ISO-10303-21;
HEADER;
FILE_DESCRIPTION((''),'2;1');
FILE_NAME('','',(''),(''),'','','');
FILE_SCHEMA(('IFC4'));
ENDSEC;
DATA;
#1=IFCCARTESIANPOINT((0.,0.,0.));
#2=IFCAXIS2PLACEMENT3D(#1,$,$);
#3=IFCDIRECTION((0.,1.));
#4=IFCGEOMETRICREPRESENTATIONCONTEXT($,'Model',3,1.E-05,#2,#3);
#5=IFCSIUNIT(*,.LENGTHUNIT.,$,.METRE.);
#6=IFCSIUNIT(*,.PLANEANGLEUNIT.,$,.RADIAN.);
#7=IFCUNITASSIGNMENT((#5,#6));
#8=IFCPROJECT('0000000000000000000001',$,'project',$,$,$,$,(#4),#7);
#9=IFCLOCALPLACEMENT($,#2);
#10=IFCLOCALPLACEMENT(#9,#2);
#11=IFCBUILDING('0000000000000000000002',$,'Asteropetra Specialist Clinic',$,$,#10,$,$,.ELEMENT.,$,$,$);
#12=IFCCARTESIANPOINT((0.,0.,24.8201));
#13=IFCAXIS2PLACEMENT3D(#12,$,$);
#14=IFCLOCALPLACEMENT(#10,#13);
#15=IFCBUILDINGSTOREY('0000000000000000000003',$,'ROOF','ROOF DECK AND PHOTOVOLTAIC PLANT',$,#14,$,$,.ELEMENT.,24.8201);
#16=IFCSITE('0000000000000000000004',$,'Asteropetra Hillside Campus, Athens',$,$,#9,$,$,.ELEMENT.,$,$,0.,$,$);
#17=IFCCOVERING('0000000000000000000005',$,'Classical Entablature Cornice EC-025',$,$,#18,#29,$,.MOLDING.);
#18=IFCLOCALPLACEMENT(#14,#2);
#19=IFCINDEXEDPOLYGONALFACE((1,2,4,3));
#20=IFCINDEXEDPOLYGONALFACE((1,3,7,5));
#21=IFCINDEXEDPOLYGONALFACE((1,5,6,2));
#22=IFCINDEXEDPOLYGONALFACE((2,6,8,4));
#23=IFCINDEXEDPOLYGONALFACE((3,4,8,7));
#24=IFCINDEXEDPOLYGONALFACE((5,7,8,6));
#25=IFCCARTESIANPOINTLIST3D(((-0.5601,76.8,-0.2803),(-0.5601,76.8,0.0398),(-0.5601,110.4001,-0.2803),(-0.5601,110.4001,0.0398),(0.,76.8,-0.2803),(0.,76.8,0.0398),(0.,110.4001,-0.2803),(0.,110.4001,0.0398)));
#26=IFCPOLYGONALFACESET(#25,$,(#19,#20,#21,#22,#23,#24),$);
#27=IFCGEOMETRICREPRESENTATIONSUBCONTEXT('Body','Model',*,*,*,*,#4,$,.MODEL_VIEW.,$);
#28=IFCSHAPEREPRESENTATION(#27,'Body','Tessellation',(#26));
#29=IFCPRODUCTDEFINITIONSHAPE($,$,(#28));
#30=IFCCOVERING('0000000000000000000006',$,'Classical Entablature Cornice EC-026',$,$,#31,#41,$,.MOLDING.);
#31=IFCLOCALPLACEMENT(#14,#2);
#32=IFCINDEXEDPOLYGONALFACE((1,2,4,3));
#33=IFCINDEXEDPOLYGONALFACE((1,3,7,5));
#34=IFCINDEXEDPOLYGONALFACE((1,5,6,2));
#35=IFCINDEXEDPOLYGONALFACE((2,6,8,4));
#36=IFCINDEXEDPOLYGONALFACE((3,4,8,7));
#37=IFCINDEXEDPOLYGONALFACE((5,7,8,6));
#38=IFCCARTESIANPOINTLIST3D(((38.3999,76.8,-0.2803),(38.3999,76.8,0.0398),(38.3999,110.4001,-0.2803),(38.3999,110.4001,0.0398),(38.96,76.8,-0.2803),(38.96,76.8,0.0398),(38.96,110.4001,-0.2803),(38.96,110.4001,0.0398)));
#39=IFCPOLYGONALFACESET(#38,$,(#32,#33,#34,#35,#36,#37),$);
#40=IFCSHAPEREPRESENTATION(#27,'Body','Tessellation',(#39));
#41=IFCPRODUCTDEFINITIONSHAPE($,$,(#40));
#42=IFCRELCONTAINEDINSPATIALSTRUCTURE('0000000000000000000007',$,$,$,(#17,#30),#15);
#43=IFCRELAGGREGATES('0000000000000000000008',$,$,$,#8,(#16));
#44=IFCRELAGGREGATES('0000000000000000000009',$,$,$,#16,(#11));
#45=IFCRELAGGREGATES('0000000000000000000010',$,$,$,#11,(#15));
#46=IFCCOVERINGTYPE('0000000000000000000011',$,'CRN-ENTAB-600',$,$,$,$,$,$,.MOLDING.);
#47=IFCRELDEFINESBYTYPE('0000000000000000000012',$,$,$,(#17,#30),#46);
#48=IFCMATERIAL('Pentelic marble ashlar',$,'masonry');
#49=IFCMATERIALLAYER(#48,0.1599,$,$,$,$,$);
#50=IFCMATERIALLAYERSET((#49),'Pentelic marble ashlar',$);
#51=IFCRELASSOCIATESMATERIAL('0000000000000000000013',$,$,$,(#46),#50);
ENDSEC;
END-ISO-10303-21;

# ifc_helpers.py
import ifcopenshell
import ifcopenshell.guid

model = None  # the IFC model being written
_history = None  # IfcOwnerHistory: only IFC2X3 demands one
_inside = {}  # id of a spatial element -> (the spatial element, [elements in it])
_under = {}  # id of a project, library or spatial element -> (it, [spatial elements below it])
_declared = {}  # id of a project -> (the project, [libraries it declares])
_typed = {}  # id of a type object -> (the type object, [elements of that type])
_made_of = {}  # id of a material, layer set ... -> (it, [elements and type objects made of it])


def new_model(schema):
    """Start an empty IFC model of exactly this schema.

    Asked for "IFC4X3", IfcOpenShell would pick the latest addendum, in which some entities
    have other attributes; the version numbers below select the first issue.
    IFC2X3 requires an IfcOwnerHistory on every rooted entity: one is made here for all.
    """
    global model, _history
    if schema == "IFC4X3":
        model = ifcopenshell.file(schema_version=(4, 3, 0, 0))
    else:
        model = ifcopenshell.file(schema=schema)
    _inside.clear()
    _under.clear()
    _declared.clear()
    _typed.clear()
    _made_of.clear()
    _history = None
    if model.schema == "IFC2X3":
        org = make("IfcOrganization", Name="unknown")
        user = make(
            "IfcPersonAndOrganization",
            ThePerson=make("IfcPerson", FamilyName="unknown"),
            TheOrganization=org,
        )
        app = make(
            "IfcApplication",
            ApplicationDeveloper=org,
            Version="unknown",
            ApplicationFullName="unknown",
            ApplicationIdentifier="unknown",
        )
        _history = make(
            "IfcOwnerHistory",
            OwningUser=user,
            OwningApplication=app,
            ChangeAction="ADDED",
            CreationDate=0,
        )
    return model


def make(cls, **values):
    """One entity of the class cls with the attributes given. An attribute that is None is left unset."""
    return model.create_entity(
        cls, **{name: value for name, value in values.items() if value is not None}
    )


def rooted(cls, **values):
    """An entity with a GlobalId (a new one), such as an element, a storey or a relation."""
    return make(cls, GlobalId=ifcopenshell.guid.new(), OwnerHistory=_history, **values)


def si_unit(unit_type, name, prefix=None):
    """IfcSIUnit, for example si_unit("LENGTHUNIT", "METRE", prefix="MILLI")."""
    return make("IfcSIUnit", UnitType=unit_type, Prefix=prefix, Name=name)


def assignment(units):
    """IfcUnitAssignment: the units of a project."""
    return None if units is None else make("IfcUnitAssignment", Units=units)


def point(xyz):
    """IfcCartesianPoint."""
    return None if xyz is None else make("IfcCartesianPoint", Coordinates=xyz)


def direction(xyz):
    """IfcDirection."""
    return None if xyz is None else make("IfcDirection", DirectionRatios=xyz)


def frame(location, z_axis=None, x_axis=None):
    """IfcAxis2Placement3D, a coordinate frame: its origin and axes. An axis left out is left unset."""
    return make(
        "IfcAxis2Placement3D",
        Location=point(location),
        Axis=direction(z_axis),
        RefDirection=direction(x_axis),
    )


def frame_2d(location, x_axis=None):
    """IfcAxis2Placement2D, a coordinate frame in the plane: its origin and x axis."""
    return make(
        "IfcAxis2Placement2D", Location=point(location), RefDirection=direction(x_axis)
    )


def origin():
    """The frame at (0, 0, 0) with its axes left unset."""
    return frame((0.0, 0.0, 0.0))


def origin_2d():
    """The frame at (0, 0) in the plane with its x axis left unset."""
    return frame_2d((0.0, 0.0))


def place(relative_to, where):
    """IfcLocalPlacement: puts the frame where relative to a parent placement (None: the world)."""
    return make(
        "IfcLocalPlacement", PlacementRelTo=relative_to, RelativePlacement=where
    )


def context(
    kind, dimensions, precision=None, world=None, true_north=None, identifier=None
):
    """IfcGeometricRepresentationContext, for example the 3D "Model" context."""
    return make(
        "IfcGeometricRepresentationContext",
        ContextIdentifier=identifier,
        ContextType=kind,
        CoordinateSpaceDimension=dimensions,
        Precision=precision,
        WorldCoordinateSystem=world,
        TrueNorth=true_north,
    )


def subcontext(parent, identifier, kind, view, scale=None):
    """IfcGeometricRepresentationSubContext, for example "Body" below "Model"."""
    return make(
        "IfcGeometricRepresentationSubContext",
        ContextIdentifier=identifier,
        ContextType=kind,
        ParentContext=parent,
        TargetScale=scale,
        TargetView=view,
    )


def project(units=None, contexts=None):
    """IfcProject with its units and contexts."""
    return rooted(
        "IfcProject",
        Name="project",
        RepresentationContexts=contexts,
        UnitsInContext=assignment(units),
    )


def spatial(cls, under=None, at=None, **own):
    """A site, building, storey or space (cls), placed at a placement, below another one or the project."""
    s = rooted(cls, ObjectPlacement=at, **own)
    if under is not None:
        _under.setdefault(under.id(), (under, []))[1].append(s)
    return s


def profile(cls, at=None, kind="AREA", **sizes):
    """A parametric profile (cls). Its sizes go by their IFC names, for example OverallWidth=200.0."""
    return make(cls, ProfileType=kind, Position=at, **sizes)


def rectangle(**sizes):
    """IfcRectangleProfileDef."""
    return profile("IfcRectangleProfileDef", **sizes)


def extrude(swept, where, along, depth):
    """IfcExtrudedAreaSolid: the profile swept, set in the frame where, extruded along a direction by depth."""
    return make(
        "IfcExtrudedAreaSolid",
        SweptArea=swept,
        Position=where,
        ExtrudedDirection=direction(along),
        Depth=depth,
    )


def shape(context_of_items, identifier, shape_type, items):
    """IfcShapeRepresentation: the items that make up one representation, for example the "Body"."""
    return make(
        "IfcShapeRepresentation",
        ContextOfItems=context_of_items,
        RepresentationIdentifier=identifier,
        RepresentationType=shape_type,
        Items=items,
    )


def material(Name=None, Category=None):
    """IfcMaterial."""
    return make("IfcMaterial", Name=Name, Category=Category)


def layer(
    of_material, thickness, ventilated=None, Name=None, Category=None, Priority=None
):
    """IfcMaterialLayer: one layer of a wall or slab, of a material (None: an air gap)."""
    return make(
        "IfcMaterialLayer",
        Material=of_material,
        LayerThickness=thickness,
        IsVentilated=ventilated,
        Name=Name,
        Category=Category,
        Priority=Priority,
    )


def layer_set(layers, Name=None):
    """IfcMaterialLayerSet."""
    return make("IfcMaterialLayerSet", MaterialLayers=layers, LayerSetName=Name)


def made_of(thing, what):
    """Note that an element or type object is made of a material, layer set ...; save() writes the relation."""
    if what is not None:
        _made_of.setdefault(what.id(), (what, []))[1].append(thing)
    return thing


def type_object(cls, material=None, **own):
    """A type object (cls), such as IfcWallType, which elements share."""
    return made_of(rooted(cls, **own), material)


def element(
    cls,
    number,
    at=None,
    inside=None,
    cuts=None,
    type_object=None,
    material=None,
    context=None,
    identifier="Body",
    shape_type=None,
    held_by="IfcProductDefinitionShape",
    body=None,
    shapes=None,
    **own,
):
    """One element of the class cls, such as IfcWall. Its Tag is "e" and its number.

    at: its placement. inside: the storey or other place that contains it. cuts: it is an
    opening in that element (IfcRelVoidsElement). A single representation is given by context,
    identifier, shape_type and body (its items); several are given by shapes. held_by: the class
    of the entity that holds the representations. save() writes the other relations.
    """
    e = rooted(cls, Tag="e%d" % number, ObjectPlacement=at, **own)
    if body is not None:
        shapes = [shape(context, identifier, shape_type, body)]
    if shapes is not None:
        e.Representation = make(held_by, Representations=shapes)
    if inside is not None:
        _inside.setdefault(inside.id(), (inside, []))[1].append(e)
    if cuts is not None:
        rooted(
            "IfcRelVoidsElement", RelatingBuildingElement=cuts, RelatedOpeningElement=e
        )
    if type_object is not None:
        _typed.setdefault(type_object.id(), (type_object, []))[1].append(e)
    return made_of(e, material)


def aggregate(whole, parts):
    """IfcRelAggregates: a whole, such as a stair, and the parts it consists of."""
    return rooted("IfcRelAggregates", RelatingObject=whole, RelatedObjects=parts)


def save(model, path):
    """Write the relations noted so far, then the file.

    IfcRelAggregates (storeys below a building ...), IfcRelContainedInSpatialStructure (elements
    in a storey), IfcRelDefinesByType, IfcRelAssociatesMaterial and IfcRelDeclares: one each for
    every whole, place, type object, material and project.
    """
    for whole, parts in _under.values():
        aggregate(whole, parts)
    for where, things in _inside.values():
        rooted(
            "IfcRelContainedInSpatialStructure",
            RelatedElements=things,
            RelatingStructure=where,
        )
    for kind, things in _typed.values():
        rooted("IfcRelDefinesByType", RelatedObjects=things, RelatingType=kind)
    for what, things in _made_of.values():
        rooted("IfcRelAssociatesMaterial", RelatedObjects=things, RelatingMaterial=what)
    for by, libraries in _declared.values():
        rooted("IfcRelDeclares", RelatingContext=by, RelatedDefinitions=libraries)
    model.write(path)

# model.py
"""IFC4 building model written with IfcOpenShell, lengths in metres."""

from ifc_helpers import new_model, si_unit, direction, frame, origin, origin_2d, place, context, subcontext, project, spatial, rectangle, extrude, material, layer, layer_set, type_object, element, save


model = new_model("IFC4")

# Units and contexts
model_context = context("Model", 3, precision=1e-05, world=origin(), true_north=direction((0.0, 1.0)))
body_context = subcontext(model_context, "Body", "Model", "MODEL_VIEW")
ifc_project = project(units=[si_unit("LENGTHUNIT", "METRE"), si_unit("PLANEANGLEUNIT", "RADIAN")], contexts=[model_context])

# Site, building, storey
site_placement = place(None, origin())
site = spatial("IfcSite", under=ifc_project, at=site_placement, Name="Asteropetra Hillside Campus, Athens", CompositionType="ELEMENT", RefElevation=0.0)
building_placement = place(site_placement, origin())
building = spatial("IfcBuilding", under=site, at=building_placement, Name="Asteropetra Specialist Clinic", CompositionType="ELEMENT")
storey_placement = place(building_placement, frame((0.0, 0.0, 24.8201)))
storey = spatial("IfcBuildingStorey", under=building, at=storey_placement, Name="ROOF", Description="ROOF DECK AND PHOTOVOLTAIC PLANT", CompositionType="ELEMENT", Elevation=24.8201)

# Coverings
ifc_material_1 = material(Name="Pentelic marble ashlar", Category="masonry")
ifc_layer = layer(ifc_material_1, 0.1599)
ifc_layer_set = layer_set([ifc_layer], Name="Pentelic marble ashlar")
covering_type = type_object("IfcCoveringType", Name="CRN-ENTAB-600", PredefinedType="MOLDING", material=ifc_layer_set)
for number, where, z_axis, x_axis, name in (
    (1, (-0.28, 93.6001, -0.2803), (0.0, 0.0, 1.0), (1.0, 0.0, 0.0), "Classical Entablature Cornice EC-025"),
    (2, (38.6799, 93.6001, -0.2803), (0.0, 0.0, 1.0), (1.0, 0.0, 0.0), "Classical Entablature Cornice EC-026"),
):
    element("IfcCovering", number, at=place(storey_placement, frame(where, z_axis=z_axis, x_axis=x_axis)), inside=storey, type_object=covering_type, Name=name, PredefinedType="MOLDING", context=body_context, shape_type="SweptSolid", body=[
        extrude(rectangle(XDim=0.5601, YDim=33.6001, at=origin_2d()), origin(), (0.0, 0.0, 1.0), 0.3201),
    ])

save(model, "model.ifc")
